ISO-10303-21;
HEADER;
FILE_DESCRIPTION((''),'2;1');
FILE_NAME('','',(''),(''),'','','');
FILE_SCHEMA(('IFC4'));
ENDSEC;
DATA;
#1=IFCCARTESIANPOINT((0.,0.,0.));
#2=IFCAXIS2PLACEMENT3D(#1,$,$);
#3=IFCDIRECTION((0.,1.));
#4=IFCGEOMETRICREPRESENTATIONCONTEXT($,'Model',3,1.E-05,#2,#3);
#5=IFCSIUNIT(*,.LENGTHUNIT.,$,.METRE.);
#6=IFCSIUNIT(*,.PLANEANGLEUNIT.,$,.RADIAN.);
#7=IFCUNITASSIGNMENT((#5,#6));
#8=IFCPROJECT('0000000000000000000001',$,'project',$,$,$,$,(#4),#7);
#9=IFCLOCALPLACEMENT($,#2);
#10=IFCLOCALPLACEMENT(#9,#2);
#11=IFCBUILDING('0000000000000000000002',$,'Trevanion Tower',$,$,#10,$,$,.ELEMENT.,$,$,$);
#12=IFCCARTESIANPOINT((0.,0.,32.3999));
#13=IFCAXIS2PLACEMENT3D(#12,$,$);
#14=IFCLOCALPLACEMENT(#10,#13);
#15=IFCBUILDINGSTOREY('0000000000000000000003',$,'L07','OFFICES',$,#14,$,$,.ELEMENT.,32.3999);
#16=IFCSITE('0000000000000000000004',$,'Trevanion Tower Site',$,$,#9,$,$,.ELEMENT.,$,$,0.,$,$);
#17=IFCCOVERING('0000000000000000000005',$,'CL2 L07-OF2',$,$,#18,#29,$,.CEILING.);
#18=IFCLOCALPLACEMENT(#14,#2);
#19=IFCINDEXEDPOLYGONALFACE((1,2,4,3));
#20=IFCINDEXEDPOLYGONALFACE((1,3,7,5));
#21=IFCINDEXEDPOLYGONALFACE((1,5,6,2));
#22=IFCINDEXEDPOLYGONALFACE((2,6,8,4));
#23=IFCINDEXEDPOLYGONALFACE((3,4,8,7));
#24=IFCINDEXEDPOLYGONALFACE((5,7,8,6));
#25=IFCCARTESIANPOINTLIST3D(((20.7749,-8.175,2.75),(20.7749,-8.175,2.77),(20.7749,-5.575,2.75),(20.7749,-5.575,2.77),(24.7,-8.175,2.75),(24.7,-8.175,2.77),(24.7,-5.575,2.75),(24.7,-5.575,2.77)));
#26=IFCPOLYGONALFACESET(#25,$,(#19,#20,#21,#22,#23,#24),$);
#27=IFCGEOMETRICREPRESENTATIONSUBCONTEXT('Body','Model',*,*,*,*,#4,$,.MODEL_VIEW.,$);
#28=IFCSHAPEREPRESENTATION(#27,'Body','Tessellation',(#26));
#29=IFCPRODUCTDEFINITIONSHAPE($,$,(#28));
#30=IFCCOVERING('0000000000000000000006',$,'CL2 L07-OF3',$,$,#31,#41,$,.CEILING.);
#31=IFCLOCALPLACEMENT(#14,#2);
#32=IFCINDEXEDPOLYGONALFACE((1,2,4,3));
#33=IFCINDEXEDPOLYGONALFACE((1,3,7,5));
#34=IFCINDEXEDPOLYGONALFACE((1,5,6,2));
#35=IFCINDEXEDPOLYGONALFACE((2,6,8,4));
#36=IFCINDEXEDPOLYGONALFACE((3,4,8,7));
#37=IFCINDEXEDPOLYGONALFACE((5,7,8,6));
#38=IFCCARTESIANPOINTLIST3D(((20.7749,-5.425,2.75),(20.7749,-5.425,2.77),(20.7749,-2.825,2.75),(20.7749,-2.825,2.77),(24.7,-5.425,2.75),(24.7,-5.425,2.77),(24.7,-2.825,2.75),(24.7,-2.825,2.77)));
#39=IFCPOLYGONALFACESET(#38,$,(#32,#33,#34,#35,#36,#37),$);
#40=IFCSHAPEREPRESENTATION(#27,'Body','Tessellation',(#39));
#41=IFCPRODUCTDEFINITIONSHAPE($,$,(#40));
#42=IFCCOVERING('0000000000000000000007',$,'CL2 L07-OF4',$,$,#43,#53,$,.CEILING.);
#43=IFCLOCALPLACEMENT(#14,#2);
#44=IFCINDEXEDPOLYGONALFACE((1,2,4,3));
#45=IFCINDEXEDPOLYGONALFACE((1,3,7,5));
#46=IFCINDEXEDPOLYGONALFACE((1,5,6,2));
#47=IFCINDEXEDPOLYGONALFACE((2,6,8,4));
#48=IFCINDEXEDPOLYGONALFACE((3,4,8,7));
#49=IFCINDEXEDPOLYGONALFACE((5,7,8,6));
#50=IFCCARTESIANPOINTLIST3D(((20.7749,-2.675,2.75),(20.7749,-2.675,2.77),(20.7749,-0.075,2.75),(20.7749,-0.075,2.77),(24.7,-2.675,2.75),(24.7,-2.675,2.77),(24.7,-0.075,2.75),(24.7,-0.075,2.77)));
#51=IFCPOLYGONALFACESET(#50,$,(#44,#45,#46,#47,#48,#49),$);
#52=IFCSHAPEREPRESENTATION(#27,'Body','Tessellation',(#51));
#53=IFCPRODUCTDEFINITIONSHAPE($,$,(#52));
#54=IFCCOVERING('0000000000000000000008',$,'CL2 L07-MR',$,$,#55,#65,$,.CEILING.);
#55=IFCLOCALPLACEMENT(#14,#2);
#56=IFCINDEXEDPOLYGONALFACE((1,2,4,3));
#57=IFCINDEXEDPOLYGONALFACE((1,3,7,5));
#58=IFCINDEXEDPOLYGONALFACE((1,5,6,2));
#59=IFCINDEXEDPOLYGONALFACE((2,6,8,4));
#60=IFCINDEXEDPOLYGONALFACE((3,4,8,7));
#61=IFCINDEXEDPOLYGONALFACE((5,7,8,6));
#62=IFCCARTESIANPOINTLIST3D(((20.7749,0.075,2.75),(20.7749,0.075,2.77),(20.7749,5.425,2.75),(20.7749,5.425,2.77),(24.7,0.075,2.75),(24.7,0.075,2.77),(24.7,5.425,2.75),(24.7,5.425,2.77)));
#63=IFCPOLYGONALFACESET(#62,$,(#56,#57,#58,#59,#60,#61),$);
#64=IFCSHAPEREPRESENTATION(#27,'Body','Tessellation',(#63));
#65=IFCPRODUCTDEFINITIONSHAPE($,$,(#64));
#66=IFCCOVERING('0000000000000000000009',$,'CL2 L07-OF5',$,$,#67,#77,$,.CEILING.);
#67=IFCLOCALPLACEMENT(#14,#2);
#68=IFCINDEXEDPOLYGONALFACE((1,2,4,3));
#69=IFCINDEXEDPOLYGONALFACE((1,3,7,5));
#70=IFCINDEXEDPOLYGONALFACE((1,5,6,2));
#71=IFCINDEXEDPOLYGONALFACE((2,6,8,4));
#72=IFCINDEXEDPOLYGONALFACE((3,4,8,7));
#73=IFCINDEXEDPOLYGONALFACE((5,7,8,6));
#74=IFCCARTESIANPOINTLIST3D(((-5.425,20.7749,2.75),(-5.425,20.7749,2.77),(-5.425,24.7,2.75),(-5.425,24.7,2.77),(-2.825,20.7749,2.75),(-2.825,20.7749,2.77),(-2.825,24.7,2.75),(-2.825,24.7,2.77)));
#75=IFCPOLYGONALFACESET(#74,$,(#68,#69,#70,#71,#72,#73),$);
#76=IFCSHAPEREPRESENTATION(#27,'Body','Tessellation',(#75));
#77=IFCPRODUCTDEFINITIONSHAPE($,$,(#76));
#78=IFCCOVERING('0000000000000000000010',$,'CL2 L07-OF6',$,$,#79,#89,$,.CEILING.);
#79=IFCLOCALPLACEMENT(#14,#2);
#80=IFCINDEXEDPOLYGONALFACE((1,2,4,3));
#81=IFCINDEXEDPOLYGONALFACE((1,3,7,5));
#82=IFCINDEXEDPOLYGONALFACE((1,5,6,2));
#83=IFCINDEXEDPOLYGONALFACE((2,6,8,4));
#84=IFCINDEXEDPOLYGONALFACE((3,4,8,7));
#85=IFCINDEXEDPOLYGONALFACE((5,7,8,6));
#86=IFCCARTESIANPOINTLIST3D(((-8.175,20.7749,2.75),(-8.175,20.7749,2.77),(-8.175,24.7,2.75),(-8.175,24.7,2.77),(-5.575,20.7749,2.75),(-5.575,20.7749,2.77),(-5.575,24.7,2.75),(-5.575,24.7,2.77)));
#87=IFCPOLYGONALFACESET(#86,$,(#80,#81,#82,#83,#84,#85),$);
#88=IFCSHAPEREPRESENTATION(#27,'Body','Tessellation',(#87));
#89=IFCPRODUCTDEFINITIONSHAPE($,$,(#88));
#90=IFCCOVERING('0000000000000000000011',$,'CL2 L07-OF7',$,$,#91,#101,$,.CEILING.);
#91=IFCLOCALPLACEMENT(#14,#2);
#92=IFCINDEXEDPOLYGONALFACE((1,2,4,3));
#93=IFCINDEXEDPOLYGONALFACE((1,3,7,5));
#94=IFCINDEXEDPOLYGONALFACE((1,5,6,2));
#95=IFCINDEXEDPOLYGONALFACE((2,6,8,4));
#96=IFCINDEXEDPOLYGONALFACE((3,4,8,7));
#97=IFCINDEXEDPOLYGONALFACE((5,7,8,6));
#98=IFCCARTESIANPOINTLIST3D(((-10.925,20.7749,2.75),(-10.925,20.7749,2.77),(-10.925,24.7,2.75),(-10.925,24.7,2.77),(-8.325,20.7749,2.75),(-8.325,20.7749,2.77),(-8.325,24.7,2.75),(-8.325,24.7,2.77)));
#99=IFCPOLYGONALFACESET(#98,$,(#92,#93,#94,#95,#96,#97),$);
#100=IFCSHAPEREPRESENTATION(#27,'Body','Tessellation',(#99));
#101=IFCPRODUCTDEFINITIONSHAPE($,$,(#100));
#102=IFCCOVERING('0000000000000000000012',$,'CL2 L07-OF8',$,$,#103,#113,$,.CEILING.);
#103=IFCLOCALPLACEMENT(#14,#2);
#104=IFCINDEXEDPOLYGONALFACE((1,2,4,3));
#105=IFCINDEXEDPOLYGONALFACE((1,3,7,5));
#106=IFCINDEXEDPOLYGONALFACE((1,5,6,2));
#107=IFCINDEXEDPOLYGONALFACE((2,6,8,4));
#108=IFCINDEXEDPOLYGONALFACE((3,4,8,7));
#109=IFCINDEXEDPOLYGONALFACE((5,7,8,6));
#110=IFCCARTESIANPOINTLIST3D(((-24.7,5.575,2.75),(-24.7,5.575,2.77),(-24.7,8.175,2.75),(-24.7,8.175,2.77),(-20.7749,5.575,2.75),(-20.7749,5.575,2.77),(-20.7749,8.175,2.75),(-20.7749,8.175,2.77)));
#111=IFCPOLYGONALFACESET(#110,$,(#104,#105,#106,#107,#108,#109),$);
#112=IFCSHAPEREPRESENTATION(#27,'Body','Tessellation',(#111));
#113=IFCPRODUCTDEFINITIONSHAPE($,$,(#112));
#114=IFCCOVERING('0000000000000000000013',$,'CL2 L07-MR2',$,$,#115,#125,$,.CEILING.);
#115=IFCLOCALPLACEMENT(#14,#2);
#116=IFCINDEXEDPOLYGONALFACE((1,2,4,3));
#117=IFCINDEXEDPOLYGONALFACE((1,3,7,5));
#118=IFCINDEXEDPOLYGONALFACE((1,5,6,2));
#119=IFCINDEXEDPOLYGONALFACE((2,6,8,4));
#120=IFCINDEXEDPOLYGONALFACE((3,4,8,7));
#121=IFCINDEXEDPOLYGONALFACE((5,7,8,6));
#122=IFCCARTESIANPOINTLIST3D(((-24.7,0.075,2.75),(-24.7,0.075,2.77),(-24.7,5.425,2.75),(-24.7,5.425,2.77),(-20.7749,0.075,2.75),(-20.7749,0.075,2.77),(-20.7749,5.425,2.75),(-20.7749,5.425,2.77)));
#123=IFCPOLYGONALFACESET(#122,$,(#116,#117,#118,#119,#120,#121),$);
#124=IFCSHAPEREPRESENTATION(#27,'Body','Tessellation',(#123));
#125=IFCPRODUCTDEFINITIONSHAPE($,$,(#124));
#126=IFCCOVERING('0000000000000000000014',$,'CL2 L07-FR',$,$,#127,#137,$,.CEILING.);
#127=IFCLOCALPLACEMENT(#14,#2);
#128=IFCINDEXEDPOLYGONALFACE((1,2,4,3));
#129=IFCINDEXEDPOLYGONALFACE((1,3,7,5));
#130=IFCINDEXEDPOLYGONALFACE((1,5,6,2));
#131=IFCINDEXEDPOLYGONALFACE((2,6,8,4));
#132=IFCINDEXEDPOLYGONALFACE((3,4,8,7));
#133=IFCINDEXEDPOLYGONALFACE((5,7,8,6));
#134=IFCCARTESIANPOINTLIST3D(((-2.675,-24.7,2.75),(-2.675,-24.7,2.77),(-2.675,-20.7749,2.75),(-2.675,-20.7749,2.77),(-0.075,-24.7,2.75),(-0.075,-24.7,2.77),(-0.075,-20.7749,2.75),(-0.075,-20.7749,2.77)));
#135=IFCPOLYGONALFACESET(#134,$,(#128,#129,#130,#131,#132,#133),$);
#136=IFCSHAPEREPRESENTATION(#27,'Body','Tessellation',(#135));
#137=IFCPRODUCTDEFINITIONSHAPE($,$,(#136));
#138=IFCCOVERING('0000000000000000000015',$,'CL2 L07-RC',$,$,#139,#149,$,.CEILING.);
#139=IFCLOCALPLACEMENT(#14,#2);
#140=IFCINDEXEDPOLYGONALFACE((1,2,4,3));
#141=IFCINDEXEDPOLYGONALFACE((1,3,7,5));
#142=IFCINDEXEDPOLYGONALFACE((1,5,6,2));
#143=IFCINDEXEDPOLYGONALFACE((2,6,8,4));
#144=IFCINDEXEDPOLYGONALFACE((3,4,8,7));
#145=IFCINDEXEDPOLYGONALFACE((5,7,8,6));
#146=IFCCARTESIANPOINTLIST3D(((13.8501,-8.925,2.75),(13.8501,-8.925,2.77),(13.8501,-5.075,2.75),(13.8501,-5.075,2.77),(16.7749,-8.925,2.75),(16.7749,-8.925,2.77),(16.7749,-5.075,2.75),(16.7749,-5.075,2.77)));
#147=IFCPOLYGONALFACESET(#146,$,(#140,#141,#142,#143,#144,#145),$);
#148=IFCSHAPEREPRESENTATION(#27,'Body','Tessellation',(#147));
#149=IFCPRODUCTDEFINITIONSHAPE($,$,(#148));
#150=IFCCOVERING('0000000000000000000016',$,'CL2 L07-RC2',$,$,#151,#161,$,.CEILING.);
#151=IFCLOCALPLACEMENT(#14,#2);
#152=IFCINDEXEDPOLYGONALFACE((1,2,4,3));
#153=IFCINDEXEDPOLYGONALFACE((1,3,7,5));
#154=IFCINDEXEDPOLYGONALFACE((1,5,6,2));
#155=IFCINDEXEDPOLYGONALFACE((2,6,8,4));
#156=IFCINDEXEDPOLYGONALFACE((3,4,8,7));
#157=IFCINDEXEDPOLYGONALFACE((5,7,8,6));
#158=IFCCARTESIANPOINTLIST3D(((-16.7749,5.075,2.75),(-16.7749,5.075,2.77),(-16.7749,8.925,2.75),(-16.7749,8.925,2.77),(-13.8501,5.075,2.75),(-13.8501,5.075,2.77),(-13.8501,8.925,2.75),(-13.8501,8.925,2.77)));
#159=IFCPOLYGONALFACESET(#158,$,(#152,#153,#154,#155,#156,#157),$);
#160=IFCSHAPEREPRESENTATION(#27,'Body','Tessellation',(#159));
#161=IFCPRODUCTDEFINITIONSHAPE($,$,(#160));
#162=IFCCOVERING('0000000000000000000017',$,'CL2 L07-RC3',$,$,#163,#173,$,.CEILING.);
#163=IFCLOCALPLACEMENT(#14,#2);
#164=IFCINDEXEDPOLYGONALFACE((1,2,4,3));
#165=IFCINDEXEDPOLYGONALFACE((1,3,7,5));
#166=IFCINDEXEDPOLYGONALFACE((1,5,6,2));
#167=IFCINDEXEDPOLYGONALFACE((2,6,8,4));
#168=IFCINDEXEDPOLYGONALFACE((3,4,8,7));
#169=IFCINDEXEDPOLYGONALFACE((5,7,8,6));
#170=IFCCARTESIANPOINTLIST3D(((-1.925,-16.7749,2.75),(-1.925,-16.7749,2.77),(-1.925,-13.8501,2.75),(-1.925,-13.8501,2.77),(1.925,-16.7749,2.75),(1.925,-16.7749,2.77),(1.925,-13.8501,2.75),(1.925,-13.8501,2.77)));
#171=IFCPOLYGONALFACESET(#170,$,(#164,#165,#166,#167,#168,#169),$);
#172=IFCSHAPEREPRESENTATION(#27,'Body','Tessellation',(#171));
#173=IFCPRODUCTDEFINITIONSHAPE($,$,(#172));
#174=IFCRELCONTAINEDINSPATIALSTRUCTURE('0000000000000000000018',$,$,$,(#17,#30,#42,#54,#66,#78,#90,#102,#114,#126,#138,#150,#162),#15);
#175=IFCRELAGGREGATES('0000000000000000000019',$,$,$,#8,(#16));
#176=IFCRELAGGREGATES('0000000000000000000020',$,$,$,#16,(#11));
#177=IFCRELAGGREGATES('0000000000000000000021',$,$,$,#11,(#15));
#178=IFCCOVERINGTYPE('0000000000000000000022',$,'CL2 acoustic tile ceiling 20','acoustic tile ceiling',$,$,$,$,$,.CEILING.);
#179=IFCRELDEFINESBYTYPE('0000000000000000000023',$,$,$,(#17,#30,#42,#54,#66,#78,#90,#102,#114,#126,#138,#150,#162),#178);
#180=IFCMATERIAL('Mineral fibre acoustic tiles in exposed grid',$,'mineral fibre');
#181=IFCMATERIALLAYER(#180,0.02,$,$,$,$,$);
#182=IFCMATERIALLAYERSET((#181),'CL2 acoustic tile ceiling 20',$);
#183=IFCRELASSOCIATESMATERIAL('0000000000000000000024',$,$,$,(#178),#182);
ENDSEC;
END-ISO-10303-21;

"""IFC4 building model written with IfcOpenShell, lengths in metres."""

from ifc_helpers import new_model, si_unit, direction, frame, origin, place, context, subcontext, project, spatial, polyline, outline, extrude, material, layer, layer_set, type_object, element, save


model = new_model("IFC4")

# Units and contexts
model_context = context("Model", 3, precision=1e-05, world=origin(), true_north=direction((0.0, 1.0)))
body_context = subcontext(model_context, "Body", "Model", "MODEL_VIEW")
ifc_project = project(units=[si_unit("LENGTHUNIT", "METRE"), si_unit("PLANEANGLEUNIT", "RADIAN")], contexts=[model_context])

# Site, building, storey
site_placement = place(None, origin())
site = spatial("IfcSite", under=ifc_project, at=site_placement, Name="Trevanion Tower Site", CompositionType="ELEMENT", RefElevation=0.0)
building_placement = place(site_placement, origin())
building = spatial("IfcBuilding", under=site, at=building_placement, Name="Trevanion Tower", CompositionType="ELEMENT")
storey_placement = place(building_placement, frame((0.0, 0.0, 32.3999)))
storey = spatial("IfcBuildingStorey", under=building, at=storey_placement, Name="L07", Description="OFFICES", CompositionType="ELEMENT", Elevation=32.3999)

# Coverings
ifc_material_1 = material(Name="Mineral fibre acoustic tiles in exposed grid", Category="mineral fibre")
ifc_layer_1 = layer(ifc_material_1, 0.02)
ifc_layer_set_1 = layer_set([ifc_layer_1], Name="CL2 acoustic tile ceiling 20")
covering_type_1 = type_object("IfcCoveringType", Name="CL2 acoustic tile ceiling 20", Description="acoustic tile ceiling", PredefinedType="CEILING", material=ifc_layer_set_1)
covering_1_placement = place(storey_placement, frame((0.0, 0.0, 2.75)))
element("IfcCovering", 1, at=covering_1_placement, inside=storey, type_object=covering_type_1, Name="CL2 L07-OF2", PredefinedType="CEILING", context=body_context, shape_type="SweptSolid", body=[
    extrude(outline(polyline([(20.7749, -8.175), (20.7749, -5.575), (24.7, -5.575), (24.7, -8.175), (20.7749, -8.175)])), origin(), (0.0, 0.0, 1.0), 0.02),
])
covering_2_placement = place(storey_placement, frame((0.0, 0.0, 2.75)))
element("IfcCovering", 2, at=covering_2_placement, inside=storey, type_object=covering_type_1, Name="CL2 L07-OF3", PredefinedType="CEILING", context=body_context, shape_type="SweptSolid", body=[
    extrude(outline(polyline([(20.7749, -5.425), (20.7749, -2.825), (24.7, -2.825), (24.7, -5.425), (20.7749, -5.425)])), origin(), (0.0, 0.0, 1.0), 0.02),
])
covering_3_placement = place(storey_placement, frame((0.0, 0.0, 2.75)))
element("IfcCovering", 3, at=covering_3_placement, inside=storey, type_object=covering_type_1, Name="CL2 L07-OF4", PredefinedType="CEILING", context=body_context, shape_type="SweptSolid", body=[
    extrude(outline(polyline([(20.7749, -2.675), (20.7749, -0.075), (24.7, -0.075), (24.7, -2.675), (20.7749, -2.675)])), origin(), (0.0, 0.0, 1.0), 0.02),
])
covering_4_placement = place(storey_placement, frame((0.0, 0.0, 2.75)))
element("IfcCovering", 4, at=covering_4_placement, inside=storey, type_object=covering_type_1, Name="CL2 L07-MR", PredefinedType="CEILING", context=body_context, shape_type="SweptSolid", body=[
    extrude(outline(polyline([(20.7749, 0.075), (20.7749, 5.425), (24.7, 5.425), (24.7, 0.075), (20.7749, 0.075)])), origin(), (0.0, 0.0, 1.0), 0.02),
])
covering_5_placement = place(storey_placement, frame((0.0, 0.0, 2.75)))
element("IfcCovering", 5, at=covering_5_placement, inside=storey, type_object=covering_type_1, Name="CL2 L07-OF5", PredefinedType="CEILING", context=body_context, shape_type="SweptSolid", body=[
    extrude(outline(polyline([(-2.825, 20.7749), (-5.425, 20.7749), (-5.425, 24.7), (-2.825, 24.7), (-2.825, 20.7749)])), origin(), (0.0, 0.0, 1.0), 0.02),
])
covering_6_placement = place(storey_placement, frame((0.0, 0.0, 2.75)))
element("IfcCovering", 6, at=covering_6_placement, inside=storey, type_object=covering_type_1, Name="CL2 L07-OF6", PredefinedType="CEILING", context=body_context, shape_type="SweptSolid", body=[
    extrude(outline(polyline([(-5.575, 20.7749), (-8.175, 20.7749), (-8.175, 24.7), (-5.575, 24.7), (-5.575, 20.7749)])), origin(), (0.0, 0.0, 1.0), 0.02),
])
covering_7_placement = place(storey_placement, frame((0.0, 0.0, 2.75)))
element("IfcCovering", 7, at=covering_7_placement, inside=storey, type_object=covering_type_1, Name="CL2 L07-OF7", PredefinedType="CEILING", context=body_context, shape_type="SweptSolid", body=[
    extrude(outline(polyline([(-8.325, 20.7749), (-10.925, 20.7749), (-10.925, 24.7), (-8.325, 24.7), (-8.325, 20.7749)])), origin(), (0.0, 0.0, 1.0), 0.02),
])
covering_8_placement = place(storey_placement, frame((0.0, 0.0, 2.75)))
element("IfcCovering", 8, at=covering_8_placement, inside=storey, type_object=covering_type_1, Name="CL2 L07-OF8", PredefinedType="CEILING", context=body_context, shape_type="SweptSolid", body=[
    extrude(outline(polyline([(-20.7749, 8.175), (-20.7749, 5.575), (-24.7, 5.575), (-24.7, 8.175), (-20.7749, 8.175)])), origin(), (0.0, 0.0, 1.0), 0.02),
])
covering_9_placement = place(storey_placement, frame((0.0, 0.0, 2.75)))
element("IfcCovering", 9, at=covering_9_placement, inside=storey, type_object=covering_type_1, Name="CL2 L07-MR2", PredefinedType="CEILING", context=body_context, shape_type="SweptSolid", body=[
    extrude(outline(polyline([(-20.7749, 5.425), (-20.7749, 0.075), (-24.7, 0.075), (-24.7, 5.425), (-20.7749, 5.425)])), origin(), (0.0, 0.0, 1.0), 0.02),
])
covering_10_placement = place(storey_placement, frame((0.0, 0.0, 2.75)))
element("IfcCovering", 10, at=covering_10_placement, inside=storey, type_object=covering_type_1, Name="CL2 L07-FR", PredefinedType="CEILING", context=body_context, shape_type="SweptSolid", body=[
    extrude(outline(polyline([(-2.675, -20.7749), (-0.075, -20.7749), (-0.075, -24.7), (-2.675, -24.7), (-2.675, -20.7749)])), origin(), (0.0, 0.0, 1.0), 0.02),
])
covering_11_placement = place(storey_placement, frame((0.0, 0.0, 2.75)))
element("IfcCovering", 11, at=covering_11_placement, inside=storey, type_object=covering_type_1, Name="CL2 L07-RC", PredefinedType="CEILING", context=body_context, shape_type="SweptSolid", body=[
    extrude(outline(polyline([(13.8501, -8.925), (13.8501, -5.075), (16.7749, -5.075), (16.7749, -8.925), (13.8501, -8.925)])), origin(), (0.0, 0.0, 1.0), 0.02),
])
covering_12_placement = place(storey_placement, frame((0.0, 0.0, 2.75)))
element("IfcCovering", 12, at=covering_12_placement, inside=storey, type_object=covering_type_1, Name="CL2 L07-RC2", PredefinedType="CEILING", context=body_context, shape_type="SweptSolid", body=[
    extrude(outline(polyline([(-13.8501, 8.925), (-13.8501, 5.075), (-16.7749, 5.075), (-16.7749, 8.925), (-13.8501, 8.925)])), origin(), (0.0, 0.0, 1.0), 0.02),
])
covering_13_placement = place(storey_placement, frame((0.0, 0.0, 2.75)))
element("IfcCovering", 13, at=covering_13_placement, inside=storey, type_object=covering_type_1, Name="CL2 L07-RC3", PredefinedType="CEILING", context=body_context, shape_type="SweptSolid", body=[
    extrude(outline(polyline([(-1.925, -13.8501), (1.925, -13.8501), (1.925, -16.7749), (-1.925, -16.7749), (-1.925, -13.8501)])), origin(), (0.0, 0.0, 1.0), 0.02),
])

save(model, "model.ifc")
